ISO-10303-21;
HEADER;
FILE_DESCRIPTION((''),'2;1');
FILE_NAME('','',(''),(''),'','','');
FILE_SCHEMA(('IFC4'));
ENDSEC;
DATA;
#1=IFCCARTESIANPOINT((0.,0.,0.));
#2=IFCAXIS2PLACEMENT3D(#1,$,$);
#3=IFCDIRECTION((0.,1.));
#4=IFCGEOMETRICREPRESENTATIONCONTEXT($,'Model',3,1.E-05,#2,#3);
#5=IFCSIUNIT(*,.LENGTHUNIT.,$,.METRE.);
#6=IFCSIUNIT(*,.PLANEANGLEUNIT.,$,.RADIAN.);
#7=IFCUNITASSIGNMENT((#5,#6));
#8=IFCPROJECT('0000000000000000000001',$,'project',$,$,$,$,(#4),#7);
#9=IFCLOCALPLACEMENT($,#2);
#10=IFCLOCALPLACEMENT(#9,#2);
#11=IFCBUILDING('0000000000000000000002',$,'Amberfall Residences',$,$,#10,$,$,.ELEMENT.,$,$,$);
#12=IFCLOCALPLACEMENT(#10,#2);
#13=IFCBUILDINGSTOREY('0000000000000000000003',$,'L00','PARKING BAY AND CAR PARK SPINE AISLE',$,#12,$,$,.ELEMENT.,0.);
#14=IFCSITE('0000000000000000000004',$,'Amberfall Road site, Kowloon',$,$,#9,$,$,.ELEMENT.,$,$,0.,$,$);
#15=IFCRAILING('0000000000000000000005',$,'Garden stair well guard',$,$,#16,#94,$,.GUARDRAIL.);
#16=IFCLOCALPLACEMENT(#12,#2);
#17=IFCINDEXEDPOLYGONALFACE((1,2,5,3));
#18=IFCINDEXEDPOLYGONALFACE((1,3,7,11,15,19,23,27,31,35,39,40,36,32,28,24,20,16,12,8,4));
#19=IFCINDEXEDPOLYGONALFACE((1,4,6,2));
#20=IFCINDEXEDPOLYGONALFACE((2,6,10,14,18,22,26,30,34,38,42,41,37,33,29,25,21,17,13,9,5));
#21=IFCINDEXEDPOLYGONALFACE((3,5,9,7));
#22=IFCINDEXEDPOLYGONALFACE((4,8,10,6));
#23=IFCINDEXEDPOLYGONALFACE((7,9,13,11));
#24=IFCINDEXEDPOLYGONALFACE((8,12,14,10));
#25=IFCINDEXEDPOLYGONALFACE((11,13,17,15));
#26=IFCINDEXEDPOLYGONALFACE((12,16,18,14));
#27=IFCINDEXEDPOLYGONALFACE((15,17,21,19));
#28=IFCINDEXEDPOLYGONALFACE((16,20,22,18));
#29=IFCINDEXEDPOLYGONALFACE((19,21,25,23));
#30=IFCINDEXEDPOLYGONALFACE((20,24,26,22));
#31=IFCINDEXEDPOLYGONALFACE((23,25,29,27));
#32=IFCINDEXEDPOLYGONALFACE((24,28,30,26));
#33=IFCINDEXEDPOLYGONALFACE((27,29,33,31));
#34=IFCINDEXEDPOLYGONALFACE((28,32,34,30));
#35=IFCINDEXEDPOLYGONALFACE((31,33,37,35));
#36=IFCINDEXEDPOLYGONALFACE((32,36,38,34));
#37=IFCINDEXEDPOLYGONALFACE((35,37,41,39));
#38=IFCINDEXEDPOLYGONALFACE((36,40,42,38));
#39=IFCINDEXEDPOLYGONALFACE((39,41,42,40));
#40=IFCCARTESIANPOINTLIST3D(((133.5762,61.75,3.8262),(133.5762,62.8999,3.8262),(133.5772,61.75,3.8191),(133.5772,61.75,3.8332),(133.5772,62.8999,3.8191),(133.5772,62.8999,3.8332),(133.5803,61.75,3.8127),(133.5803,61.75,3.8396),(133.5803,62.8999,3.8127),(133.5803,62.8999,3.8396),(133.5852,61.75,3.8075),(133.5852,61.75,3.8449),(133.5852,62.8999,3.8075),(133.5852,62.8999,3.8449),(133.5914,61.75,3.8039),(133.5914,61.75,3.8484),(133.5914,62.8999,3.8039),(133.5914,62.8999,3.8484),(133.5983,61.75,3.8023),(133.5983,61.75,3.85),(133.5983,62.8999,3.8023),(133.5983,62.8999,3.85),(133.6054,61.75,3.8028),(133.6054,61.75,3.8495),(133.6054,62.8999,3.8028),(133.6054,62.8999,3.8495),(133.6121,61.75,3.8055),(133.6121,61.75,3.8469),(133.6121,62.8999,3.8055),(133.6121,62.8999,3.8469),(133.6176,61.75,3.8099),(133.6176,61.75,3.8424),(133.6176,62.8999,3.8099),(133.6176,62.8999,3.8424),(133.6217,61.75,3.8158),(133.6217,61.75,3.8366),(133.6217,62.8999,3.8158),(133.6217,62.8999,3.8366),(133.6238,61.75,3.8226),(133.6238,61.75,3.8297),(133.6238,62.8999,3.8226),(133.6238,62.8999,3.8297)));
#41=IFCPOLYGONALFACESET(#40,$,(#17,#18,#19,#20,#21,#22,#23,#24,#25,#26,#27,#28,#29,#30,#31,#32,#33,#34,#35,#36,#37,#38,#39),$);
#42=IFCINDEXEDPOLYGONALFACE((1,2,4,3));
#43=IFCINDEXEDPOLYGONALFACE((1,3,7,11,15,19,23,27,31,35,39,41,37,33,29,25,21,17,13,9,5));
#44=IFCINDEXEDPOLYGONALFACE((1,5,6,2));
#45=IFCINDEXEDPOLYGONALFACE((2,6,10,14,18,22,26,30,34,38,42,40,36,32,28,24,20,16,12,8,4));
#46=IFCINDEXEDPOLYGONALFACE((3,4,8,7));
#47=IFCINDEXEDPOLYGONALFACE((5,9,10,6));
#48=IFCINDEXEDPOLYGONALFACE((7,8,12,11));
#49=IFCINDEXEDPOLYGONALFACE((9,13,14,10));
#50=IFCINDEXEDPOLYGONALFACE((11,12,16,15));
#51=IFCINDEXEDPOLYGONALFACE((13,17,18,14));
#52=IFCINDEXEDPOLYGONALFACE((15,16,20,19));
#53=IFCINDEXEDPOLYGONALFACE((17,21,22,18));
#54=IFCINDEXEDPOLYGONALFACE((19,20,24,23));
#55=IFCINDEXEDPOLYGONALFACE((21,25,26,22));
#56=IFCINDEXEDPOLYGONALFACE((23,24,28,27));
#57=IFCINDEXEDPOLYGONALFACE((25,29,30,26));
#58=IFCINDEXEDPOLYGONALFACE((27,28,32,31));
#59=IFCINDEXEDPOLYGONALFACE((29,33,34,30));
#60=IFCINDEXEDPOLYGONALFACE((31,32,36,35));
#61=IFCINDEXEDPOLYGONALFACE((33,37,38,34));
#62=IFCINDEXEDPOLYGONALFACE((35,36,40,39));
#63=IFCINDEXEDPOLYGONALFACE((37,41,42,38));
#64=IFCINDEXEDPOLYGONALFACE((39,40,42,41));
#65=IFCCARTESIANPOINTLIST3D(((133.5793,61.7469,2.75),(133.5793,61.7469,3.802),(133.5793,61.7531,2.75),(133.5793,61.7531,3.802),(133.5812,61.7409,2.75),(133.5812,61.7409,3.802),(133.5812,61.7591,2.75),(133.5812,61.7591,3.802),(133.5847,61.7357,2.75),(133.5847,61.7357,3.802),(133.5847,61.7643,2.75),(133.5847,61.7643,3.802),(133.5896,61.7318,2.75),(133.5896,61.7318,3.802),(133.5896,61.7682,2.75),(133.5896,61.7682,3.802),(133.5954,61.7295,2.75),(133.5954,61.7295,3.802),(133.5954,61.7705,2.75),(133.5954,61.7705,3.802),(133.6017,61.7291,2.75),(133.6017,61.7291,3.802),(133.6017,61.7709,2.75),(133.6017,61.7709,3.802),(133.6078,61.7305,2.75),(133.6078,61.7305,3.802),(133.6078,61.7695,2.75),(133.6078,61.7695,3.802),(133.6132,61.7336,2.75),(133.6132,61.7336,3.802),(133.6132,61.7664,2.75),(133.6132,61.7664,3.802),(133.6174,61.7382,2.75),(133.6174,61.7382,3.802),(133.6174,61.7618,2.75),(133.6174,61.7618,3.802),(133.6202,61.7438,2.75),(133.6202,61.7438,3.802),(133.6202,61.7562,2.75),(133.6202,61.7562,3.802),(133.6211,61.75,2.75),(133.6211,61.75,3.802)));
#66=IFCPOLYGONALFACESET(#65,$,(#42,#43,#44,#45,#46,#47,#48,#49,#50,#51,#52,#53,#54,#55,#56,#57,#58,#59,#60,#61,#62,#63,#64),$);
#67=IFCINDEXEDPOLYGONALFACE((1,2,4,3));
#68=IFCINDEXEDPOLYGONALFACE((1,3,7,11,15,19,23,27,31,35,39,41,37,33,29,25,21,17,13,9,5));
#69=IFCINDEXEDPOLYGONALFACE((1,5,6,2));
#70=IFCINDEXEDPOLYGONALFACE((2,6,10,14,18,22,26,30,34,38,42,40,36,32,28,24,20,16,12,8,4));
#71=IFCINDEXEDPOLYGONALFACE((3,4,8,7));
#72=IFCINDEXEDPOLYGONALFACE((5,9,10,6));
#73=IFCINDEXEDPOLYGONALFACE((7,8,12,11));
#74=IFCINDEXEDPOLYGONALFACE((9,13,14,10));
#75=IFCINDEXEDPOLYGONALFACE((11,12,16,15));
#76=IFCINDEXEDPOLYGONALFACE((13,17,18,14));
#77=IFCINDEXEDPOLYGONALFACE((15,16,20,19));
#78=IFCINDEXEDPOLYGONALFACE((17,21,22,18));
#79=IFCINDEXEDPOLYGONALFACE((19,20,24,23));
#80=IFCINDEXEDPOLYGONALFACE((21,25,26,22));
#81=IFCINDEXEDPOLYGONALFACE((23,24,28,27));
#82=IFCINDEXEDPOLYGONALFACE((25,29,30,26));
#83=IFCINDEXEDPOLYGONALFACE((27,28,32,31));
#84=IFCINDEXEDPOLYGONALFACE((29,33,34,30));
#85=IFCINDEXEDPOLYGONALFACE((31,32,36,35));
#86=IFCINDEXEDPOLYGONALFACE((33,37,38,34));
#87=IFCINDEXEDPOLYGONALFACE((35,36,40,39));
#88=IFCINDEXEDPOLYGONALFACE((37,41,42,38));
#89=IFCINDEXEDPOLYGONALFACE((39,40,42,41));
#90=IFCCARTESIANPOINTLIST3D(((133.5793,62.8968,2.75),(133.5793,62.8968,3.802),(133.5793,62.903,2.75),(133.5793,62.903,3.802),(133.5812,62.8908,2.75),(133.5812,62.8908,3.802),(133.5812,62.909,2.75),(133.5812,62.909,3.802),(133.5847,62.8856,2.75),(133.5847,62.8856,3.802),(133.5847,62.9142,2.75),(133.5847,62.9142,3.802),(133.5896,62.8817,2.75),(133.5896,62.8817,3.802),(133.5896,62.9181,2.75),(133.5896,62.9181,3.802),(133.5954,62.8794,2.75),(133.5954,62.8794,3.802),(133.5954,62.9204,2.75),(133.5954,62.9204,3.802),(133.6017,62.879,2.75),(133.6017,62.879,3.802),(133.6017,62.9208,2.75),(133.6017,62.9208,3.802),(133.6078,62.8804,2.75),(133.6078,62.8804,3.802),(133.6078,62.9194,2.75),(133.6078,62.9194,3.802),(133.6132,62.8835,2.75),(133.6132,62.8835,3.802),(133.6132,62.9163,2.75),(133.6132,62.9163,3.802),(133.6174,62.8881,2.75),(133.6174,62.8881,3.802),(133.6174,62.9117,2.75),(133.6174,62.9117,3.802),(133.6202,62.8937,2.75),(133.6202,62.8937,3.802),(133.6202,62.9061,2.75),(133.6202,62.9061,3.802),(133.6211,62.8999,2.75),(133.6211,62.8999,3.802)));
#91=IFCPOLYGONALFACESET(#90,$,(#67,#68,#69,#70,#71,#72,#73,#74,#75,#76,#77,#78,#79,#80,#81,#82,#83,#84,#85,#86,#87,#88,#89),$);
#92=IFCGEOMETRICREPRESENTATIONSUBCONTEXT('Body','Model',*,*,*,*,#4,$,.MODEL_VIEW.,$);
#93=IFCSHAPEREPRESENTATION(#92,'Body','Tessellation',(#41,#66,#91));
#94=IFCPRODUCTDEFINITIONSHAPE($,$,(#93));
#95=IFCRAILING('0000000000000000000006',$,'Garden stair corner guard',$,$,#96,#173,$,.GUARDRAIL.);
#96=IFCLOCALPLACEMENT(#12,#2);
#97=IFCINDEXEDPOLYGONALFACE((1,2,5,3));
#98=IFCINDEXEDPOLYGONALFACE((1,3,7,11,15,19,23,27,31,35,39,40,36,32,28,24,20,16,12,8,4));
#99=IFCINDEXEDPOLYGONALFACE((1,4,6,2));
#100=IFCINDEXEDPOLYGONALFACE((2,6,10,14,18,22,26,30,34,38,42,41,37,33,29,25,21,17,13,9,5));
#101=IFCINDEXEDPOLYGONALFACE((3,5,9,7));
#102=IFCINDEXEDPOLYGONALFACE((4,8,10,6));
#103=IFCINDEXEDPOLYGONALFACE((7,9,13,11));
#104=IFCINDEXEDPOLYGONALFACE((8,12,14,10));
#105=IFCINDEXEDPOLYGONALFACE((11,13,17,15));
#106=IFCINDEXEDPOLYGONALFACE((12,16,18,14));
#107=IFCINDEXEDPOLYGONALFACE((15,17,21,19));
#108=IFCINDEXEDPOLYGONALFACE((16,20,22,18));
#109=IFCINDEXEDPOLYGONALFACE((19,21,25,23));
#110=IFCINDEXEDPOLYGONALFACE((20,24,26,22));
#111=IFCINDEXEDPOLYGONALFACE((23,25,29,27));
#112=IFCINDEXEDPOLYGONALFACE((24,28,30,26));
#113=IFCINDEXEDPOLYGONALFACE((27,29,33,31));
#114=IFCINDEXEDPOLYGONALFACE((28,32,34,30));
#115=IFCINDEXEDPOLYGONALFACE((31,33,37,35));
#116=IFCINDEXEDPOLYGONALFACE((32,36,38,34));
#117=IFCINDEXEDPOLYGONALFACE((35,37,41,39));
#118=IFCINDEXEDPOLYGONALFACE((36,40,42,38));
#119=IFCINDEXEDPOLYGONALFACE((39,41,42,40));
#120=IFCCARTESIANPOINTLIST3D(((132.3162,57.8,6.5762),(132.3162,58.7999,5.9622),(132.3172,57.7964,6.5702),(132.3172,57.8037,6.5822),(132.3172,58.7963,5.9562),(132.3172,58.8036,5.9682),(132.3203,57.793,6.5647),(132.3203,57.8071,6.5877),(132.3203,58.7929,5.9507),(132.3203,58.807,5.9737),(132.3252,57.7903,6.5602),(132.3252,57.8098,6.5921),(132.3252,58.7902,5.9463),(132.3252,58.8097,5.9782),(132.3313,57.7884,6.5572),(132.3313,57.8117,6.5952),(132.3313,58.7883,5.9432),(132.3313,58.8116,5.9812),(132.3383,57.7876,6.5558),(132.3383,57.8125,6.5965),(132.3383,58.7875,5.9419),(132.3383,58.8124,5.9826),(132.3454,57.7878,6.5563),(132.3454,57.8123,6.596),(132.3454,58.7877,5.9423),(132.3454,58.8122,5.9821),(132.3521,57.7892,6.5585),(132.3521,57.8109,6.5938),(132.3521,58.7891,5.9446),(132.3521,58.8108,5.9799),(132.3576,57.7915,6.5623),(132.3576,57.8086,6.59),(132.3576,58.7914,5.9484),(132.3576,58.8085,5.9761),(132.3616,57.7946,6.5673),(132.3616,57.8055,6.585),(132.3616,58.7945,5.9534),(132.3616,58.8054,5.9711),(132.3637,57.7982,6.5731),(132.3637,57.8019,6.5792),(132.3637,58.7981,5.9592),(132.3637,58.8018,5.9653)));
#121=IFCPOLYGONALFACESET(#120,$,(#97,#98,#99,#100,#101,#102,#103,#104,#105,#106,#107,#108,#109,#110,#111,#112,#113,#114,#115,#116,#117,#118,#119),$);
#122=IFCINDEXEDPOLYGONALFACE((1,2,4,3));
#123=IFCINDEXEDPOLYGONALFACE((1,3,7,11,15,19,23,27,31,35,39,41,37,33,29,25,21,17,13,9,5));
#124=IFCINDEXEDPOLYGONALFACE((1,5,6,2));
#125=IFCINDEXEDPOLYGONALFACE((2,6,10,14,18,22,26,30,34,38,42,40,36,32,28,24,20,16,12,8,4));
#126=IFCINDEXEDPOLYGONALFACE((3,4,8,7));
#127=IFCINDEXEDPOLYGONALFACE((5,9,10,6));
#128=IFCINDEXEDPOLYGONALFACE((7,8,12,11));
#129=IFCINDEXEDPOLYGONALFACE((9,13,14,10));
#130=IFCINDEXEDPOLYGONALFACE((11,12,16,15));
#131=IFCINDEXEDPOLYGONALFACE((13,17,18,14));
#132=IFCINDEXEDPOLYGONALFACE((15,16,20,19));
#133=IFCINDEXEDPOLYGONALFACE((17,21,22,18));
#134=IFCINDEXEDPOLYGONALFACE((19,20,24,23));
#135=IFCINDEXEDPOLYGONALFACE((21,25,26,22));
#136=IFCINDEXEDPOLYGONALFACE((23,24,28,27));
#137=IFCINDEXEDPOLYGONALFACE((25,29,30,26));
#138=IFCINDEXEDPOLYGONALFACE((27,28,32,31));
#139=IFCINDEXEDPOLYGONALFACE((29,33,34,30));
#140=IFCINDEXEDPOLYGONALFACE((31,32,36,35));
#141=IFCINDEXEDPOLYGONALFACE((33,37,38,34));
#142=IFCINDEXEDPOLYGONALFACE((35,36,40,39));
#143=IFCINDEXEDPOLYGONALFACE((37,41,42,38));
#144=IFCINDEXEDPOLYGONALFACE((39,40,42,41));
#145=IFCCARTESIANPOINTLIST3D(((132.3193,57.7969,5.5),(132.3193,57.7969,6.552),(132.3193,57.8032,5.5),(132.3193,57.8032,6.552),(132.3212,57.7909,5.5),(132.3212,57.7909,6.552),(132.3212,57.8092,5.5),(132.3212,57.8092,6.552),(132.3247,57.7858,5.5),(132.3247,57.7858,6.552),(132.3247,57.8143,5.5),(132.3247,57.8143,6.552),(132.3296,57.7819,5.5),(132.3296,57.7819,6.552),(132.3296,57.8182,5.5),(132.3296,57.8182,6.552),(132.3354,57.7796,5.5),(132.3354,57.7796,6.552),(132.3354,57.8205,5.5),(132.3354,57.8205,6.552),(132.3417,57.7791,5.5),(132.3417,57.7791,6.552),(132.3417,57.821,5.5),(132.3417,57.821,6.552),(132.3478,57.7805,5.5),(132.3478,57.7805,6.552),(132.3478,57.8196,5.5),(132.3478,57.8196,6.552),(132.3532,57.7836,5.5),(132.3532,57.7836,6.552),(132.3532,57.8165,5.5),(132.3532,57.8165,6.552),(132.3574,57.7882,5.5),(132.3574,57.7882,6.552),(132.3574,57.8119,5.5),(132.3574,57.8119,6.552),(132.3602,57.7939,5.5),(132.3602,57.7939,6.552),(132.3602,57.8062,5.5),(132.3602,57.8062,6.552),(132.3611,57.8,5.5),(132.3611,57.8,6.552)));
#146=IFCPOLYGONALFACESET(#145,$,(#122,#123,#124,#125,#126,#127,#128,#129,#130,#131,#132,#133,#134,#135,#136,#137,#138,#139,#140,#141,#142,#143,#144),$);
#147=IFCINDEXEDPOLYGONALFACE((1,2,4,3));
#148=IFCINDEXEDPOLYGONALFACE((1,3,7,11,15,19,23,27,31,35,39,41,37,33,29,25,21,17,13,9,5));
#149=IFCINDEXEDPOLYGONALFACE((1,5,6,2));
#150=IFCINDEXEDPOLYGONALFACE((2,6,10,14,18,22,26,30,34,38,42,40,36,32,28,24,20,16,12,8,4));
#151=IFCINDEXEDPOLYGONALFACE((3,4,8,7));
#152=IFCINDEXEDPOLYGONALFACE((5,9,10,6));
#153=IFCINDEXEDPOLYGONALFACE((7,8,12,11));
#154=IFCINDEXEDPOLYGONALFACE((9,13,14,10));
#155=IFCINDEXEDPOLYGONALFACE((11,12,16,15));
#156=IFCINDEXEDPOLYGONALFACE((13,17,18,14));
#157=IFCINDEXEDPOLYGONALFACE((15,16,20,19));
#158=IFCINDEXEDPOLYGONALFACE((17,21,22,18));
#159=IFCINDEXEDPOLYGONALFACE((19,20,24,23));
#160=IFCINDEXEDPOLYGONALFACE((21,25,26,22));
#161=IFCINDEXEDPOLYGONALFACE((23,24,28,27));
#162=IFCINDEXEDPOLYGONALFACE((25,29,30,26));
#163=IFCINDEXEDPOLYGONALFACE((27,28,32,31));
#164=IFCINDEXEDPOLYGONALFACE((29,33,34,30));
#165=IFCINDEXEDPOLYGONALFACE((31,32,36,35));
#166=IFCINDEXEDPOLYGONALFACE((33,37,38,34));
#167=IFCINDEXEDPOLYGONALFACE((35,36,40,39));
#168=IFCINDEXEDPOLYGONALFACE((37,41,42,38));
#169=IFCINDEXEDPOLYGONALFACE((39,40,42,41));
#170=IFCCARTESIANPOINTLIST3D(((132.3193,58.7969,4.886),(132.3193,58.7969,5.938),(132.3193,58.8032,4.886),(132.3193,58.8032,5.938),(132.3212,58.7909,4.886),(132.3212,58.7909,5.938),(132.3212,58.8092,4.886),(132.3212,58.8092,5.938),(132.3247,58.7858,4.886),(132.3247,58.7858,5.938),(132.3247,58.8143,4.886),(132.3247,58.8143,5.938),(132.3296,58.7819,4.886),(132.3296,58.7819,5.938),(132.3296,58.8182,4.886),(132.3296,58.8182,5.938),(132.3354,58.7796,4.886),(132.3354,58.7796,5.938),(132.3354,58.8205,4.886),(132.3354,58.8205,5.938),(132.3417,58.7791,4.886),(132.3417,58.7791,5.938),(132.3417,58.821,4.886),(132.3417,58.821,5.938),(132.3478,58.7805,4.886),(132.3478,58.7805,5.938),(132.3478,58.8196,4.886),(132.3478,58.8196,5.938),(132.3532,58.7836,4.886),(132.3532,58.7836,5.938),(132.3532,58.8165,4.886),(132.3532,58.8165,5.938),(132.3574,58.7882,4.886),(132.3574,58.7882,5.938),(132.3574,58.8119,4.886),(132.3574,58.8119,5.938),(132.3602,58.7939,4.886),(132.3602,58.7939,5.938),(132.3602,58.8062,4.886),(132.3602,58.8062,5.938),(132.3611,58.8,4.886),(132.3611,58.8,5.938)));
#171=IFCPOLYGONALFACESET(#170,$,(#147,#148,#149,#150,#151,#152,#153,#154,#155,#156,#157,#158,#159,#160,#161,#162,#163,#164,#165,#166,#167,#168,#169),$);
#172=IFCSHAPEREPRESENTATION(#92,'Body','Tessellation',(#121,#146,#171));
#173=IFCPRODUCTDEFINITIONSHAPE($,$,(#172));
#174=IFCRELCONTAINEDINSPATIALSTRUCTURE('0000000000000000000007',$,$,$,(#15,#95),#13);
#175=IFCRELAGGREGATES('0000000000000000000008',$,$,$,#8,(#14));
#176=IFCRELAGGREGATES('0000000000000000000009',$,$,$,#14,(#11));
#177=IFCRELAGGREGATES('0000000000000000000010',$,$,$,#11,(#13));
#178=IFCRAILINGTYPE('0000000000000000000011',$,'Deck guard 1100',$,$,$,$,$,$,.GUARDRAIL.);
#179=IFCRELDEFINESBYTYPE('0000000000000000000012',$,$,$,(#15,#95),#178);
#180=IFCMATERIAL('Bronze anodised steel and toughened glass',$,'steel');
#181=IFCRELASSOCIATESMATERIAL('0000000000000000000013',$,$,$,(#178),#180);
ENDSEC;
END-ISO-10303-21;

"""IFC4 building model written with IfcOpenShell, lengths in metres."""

from ifc_helpers import new_model, si_unit, direction, frame, origin, origin_2d, place, context, subcontext, project, spatial, circle, extrude, material, type_object, element, save


model = new_model("IFC4")

# Units and contexts
model_context = context("Model", 3, precision=1e-05, world=origin(), true_north=direction((0.0, 1.0)))
body_context = subcontext(model_context, "Body", "Model", "MODEL_VIEW")
ifc_project = project(units=[si_unit("LENGTHUNIT", "METRE"), si_unit("PLANEANGLEUNIT", "RADIAN")], contexts=[model_context])

# Site, building, storey
site_placement = place(None, origin())
site = spatial("IfcSite", under=ifc_project, at=site_placement, Name="Amberfall Road site, Kowloon", CompositionType="ELEMENT", RefElevation=0.0)
building_placement = place(site_placement, origin())
building = spatial("IfcBuilding", under=site, at=building_placement, Name="Amberfall Residences", CompositionType="ELEMENT")
storey_placement = place(building_placement, origin())
storey = spatial("IfcBuildingStorey", under=building, at=storey_placement, Name="L00", Description="PARKING BAY AND CAR PARK SPINE AISLE", CompositionType="ELEMENT", Elevation=0.0)

# Railings
ifc_material_1 = material(Name="Bronze anodised steel and toughened glass", Category="steel")
railing_type_1 = type_object("IfcRailingType", Name="Deck guard 1100", PredefinedType="GUARDRAIL", material=ifc_material_1)
railing_1_placement = place(storey_placement, frame((133.6001, 61.75, 2.75)))
element("IfcRailing", 1, at=railing_1_placement, inside=storey, type_object=railing_type_1, Name="Garden stair well guard", PredefinedType="GUARDRAIL", context=body_context, shape_type="SweptSolid", body=[
    extrude(circle(Radius=0.0239, at=origin_2d()), frame((0.0, 0.0, 1.0762), z_axis=(0.0, 1.0, 0.0), x_axis=(-1.0, 0.0, 0.0)), (0.0, 0.0, 1.0), 1.1499),
    extrude(circle(Radius=0.021, at=origin_2d()), origin(), (0.0, 0.0, 1.0), 1.052),
    extrude(circle(Radius=0.021, at=origin_2d()), frame((0.0, 1.1499, 0.0)), (0.0, 0.0, 1.0), 1.052),
])
railing_2_placement = place(storey_placement, frame((132.3401, 57.8, 5.5)))
element("IfcRailing", 2, at=railing_2_placement, inside=storey, type_object=railing_type_1, Name="Garden stair corner guard", PredefinedType="GUARDRAIL", context=body_context, shape_type="SweptSolid", body=[
    extrude(circle(Radius=0.0239, at=origin_2d()), frame((0.0, 0.0, 1.0762), z_axis=(0.0, 0.852179, -0.52325), x_axis=(-1.0, 0.0, 0.0)), (0.0, 0.0, 1.0), 1.1733),
    extrude(circle(Radius=0.021, at=origin_2d()), origin(), (0.0, 0.0, 1.0), 1.052),
    extrude(circle(Radius=0.021, at=origin_2d()), frame((0.0, 1.0, -0.614)), (0.0, 0.0, 1.0), 1.052),
])

save(model, "model.ifc")
